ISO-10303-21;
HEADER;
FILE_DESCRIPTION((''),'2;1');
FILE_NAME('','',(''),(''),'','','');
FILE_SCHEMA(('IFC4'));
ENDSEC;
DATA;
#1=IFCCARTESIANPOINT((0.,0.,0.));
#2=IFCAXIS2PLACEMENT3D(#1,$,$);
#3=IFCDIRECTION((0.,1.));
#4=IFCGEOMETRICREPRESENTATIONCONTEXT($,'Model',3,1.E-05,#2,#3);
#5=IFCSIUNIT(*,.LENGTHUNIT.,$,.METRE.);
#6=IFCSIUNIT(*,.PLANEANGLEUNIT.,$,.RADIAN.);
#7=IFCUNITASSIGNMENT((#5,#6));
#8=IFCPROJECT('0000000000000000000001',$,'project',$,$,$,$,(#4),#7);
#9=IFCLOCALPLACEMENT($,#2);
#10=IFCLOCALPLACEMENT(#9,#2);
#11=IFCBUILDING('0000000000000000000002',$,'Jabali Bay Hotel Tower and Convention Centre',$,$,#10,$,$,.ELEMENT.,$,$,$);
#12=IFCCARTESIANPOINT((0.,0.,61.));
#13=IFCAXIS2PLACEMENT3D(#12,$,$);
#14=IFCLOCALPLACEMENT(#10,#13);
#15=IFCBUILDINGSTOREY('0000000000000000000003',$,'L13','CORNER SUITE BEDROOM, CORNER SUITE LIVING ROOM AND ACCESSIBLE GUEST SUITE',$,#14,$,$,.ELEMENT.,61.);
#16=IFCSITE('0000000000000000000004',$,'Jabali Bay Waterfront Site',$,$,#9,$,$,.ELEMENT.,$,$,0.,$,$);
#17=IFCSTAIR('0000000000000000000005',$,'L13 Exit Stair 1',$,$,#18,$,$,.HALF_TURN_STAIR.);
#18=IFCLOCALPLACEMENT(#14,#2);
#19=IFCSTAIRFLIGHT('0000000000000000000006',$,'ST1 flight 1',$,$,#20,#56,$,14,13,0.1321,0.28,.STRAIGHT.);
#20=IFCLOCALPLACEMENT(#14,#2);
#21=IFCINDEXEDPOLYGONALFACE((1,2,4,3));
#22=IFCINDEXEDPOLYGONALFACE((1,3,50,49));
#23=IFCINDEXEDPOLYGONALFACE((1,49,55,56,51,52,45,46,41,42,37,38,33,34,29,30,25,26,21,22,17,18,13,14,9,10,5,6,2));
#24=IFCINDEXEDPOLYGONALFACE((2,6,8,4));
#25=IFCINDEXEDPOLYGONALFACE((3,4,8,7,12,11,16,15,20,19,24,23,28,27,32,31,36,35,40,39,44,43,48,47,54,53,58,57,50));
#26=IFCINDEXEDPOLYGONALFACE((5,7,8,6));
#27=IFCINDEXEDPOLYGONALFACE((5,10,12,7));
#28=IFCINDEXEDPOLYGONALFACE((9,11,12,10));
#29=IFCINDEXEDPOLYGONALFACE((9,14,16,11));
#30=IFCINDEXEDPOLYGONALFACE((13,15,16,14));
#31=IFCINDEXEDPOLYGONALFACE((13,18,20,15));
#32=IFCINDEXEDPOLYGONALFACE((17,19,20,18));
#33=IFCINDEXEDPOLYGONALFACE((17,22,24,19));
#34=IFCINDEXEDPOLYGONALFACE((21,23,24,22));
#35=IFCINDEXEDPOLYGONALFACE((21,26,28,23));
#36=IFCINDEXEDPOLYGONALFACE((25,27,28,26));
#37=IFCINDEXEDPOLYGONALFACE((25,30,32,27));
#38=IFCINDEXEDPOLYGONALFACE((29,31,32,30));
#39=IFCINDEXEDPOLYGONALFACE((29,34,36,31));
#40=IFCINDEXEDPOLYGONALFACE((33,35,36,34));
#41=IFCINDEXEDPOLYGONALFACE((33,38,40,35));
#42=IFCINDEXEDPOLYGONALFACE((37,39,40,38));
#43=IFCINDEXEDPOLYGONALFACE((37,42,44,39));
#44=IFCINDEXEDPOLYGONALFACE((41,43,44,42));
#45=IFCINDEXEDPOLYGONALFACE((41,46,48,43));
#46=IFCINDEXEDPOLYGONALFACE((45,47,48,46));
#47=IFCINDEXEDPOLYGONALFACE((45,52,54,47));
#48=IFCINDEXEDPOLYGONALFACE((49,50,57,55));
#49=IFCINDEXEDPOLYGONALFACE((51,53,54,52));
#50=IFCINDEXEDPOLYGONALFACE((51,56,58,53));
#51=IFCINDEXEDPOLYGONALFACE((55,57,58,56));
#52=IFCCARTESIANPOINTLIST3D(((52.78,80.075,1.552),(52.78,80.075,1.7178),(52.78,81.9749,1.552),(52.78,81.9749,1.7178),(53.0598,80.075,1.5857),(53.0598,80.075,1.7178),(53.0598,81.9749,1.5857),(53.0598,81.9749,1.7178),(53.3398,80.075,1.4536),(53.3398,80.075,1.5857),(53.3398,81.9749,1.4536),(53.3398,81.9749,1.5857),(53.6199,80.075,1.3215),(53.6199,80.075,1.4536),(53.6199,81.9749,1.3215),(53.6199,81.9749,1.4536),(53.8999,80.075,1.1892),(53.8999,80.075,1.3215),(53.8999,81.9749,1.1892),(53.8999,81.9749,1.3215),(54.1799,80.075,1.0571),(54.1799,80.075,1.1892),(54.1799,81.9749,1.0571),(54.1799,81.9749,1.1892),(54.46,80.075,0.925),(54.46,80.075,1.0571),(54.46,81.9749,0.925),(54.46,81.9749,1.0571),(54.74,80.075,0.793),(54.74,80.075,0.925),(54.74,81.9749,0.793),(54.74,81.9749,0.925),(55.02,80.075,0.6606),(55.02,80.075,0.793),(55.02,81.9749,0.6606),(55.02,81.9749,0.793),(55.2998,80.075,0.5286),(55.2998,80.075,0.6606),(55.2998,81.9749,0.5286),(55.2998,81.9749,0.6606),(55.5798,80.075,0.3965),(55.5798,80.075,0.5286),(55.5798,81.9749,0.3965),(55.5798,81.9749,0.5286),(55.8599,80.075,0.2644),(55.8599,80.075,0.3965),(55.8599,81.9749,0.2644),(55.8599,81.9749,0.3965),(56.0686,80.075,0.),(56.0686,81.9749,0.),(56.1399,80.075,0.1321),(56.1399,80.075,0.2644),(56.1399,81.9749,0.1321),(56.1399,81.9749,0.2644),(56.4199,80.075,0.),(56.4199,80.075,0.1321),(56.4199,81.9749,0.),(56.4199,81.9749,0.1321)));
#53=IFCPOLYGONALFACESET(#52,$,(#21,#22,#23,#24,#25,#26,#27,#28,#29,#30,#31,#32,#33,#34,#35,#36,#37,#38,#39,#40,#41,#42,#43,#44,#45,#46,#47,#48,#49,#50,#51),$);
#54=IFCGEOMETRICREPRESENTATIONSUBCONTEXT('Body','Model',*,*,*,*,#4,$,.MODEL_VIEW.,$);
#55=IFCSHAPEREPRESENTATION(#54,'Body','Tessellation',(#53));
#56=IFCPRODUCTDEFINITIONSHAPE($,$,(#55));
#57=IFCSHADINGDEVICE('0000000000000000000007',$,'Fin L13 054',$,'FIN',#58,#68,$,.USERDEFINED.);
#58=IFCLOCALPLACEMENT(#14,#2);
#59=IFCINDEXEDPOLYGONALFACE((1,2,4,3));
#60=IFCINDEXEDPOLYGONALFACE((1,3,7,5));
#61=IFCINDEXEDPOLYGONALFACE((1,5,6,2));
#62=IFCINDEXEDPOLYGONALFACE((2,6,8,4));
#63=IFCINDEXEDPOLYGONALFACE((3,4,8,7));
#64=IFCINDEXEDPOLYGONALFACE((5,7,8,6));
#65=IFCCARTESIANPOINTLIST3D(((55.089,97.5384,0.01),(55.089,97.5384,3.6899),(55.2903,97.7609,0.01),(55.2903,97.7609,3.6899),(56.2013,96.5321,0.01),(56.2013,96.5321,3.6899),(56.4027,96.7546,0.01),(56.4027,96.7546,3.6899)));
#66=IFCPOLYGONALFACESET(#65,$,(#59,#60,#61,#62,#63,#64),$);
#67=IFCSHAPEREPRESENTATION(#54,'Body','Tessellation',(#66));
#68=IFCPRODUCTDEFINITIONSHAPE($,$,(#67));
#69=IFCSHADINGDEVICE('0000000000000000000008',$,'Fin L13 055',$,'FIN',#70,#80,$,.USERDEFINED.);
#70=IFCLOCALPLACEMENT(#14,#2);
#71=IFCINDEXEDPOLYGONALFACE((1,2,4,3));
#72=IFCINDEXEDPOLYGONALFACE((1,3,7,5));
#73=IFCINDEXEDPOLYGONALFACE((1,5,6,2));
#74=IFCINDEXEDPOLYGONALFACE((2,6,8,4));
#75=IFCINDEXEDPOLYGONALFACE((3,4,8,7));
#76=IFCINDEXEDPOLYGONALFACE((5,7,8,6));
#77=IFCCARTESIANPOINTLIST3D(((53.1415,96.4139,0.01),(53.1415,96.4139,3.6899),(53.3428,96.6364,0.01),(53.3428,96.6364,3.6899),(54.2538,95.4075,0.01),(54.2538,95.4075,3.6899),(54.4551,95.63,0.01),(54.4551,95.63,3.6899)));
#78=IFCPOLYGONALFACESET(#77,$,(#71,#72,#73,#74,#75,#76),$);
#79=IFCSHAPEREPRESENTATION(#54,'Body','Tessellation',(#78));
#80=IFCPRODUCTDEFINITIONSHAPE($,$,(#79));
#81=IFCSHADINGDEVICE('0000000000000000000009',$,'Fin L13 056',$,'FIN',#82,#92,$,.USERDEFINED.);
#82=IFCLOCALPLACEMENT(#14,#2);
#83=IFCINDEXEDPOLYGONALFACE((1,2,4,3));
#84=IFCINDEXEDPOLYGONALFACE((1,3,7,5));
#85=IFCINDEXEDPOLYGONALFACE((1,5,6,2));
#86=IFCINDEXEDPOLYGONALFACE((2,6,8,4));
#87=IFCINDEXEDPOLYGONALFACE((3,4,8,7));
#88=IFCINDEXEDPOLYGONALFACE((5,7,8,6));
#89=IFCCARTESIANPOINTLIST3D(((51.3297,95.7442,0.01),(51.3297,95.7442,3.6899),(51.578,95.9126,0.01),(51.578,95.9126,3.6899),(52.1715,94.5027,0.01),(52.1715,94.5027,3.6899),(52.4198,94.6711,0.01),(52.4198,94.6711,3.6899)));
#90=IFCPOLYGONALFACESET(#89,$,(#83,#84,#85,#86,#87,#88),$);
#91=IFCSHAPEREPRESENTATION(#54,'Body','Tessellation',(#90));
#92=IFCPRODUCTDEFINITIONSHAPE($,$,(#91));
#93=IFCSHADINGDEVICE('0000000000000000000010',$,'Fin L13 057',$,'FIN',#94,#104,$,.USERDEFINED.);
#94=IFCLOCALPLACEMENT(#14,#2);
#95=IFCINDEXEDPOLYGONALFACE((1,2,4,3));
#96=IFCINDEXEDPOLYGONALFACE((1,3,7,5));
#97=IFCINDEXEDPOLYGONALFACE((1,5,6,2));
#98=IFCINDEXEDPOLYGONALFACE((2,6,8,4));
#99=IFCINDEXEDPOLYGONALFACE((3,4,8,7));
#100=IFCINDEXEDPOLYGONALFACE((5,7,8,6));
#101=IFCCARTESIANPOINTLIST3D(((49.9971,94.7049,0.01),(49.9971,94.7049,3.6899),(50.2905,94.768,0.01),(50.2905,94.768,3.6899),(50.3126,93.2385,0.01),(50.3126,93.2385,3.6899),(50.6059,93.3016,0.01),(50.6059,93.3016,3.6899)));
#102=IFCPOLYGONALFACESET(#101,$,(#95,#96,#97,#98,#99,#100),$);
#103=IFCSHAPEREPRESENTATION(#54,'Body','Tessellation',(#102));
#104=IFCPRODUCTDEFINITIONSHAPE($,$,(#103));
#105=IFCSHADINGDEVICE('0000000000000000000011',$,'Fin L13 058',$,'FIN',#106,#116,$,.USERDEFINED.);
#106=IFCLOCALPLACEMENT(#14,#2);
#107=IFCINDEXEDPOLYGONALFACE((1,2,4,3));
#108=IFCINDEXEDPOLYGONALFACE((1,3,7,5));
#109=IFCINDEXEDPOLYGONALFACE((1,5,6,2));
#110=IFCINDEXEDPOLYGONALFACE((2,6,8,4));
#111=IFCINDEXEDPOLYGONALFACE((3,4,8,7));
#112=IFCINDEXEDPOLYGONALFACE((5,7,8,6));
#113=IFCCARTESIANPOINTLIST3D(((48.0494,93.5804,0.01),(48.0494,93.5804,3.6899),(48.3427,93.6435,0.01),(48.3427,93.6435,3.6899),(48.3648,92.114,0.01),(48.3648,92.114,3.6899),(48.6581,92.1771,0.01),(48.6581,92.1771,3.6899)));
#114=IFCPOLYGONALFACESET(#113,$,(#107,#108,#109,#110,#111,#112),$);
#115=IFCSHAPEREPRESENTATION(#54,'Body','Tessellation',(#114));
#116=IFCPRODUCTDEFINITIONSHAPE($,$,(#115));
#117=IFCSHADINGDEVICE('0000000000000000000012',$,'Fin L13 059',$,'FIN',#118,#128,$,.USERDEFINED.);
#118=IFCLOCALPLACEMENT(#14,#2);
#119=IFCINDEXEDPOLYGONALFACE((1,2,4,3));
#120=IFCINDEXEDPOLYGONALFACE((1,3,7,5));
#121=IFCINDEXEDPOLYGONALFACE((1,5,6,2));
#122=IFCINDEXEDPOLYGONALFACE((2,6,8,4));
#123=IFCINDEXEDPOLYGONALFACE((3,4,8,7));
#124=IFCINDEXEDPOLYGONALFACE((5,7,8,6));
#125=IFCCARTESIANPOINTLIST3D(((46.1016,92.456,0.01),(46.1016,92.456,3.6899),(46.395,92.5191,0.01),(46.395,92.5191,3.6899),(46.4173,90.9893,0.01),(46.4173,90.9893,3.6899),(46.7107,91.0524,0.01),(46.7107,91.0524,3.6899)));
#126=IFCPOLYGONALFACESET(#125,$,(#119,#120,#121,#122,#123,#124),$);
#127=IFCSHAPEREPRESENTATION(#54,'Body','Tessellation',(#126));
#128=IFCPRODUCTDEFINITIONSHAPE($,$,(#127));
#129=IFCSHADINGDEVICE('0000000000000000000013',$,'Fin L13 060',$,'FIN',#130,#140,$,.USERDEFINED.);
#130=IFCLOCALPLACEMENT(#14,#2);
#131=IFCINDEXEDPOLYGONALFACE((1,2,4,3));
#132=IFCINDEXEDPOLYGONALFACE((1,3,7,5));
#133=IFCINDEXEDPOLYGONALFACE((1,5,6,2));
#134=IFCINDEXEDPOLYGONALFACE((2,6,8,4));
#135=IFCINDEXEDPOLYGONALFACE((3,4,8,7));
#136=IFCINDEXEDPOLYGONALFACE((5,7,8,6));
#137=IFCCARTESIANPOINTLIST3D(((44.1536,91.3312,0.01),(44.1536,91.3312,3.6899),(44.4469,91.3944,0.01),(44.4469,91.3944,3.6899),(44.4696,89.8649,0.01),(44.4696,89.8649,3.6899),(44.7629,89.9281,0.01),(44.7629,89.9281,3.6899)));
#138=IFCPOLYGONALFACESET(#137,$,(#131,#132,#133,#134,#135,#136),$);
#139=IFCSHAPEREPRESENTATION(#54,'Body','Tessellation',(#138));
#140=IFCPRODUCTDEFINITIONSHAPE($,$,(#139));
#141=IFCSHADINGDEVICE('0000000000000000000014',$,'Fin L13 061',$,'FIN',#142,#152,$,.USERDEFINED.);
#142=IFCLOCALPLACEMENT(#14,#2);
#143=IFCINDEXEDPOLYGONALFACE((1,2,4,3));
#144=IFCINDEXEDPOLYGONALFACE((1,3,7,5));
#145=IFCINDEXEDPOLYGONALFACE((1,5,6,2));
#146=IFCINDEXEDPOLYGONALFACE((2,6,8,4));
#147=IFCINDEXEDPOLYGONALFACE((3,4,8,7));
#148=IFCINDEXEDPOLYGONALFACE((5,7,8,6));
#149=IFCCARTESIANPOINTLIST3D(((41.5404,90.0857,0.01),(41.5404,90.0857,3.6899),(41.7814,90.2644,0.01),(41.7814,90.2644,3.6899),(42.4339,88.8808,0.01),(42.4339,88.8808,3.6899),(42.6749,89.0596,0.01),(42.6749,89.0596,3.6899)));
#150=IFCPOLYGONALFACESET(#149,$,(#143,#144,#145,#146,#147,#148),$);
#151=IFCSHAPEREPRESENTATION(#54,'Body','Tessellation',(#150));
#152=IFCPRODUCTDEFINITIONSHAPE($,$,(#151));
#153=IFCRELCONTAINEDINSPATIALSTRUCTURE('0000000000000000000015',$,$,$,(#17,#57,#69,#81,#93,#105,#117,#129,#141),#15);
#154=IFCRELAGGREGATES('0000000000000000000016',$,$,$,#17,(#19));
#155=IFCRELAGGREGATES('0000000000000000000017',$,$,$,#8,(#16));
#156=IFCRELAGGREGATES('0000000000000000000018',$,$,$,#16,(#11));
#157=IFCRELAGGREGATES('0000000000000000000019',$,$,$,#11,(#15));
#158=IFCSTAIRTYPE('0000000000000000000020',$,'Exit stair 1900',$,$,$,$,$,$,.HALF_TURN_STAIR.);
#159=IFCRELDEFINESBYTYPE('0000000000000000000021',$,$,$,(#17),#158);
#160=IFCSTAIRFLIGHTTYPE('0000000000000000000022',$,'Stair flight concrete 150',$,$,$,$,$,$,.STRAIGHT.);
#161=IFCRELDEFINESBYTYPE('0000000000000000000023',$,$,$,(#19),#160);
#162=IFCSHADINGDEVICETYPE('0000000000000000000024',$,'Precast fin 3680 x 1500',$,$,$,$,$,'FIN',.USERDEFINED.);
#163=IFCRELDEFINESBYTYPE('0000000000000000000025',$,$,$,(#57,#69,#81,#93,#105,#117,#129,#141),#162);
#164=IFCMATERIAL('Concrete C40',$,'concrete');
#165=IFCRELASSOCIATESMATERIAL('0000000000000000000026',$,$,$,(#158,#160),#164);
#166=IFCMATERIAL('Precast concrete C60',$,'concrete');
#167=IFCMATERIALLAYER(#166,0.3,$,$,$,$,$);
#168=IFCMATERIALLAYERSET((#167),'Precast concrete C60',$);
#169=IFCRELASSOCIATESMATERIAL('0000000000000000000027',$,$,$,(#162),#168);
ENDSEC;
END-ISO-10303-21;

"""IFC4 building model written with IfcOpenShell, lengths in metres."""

from ifc_helpers import new_model, si_unit, direction, frame, frame_2d, origin, place, context, subcontext, project, spatial, polyline, rectangle, outline, extrude, material, layer, layer_set, type_object, element, aggregate, save


model = new_model("IFC4")

# Units and contexts
model_context = context("Model", 3, precision=1e-05, world=origin(), true_north=direction((0.0, 1.0)))
body_context = subcontext(model_context, "Body", "Model", "MODEL_VIEW")
ifc_project = project(units=[si_unit("LENGTHUNIT", "METRE"), si_unit("PLANEANGLEUNIT", "RADIAN")], contexts=[model_context])

# Site, building, storey
site_placement = place(None, origin())
site = spatial("IfcSite", under=ifc_project, at=site_placement, Name="Jabali Bay Waterfront Site", CompositionType="ELEMENT", RefElevation=0.0)
building_placement = place(site_placement, origin())
building = spatial("IfcBuilding", under=site, at=building_placement, Name="Jabali Bay Hotel Tower and Convention Centre", CompositionType="ELEMENT")
storey_placement = place(building_placement, frame((0.0, 0.0, 61.0)))
storey = spatial("IfcBuildingStorey", under=building, at=storey_placement, Name="L13", Description="CORNER SUITE BEDROOM, CORNER SUITE LIVING ROOM AND ACCESSIBLE GUEST SUITE", CompositionType="ELEMENT", Elevation=61.0)

# Shared definitions
ifc_material_1 = material(Name="Concrete C40", Category="concrete")

# Stair, stair flight
stair_type = type_object("IfcStairType", Name="Exit stair 1900", PredefinedType="HALF_TURN_STAIR", material=ifc_material_1)
stair_placement = place(storey_placement, origin())
stair = element("IfcStair", 1, at=stair_placement, inside=storey, type_object=stair_type, Name="L13 Exit Stair 1", PredefinedType="HALF_TURN_STAIR")
stair_flight_type = type_object("IfcStairFlightType", Name="Stair flight concrete 150", PredefinedType="STRAIGHT", material=ifc_material_1)
stair_flight_placement = place(storey_placement, frame((56.4199, 81.0249, 0.0), z_axis=(0.0, 0.0, 1.0), x_axis=(-1.0, 0.0, 0.0)))
stair_flight = element("IfcStairFlight", 2, at=stair_flight_placement, type_object=stair_flight_type, Name="ST1 flight 1", NumberOfRisers=14, NumberOfTreads=13, PredefinedType="STRAIGHT", RiserHeight=0.1321, TreadLength=0.28, context=body_context, shape_type="SweptSolid", body=[
    extrude(outline(polyline([(0.0, 0.0), (0.0, 0.1321), (0.28, 0.1321), (0.28, 0.2644), (0.5601, 0.2644), (0.5601, 0.3965), (0.8401, 0.3965), (0.8401, 0.5286), (1.1201, 0.5286), (1.1201, 0.6606), (1.3999, 0.6606), (1.3999, 0.793), (1.6799, 0.793), (1.6799, 0.925), (1.96, 0.925), (1.96, 1.0571), (2.24, 1.0571), (2.24, 1.1892), (2.52, 1.1892), (2.52, 1.3215), (2.8, 1.3215), (2.8, 1.4536), (3.0801, 1.4536), (3.0801, 1.5857), (3.3601, 1.5857), (3.3601, 1.7178), (3.6399, 1.7178), (3.6399, 1.8501), (3.6399, 1.552), (0.3513, 0.0), (0.0, 0.0)])), frame((0.0, 0.95, 0.0), z_axis=(0.0, -1.0, 0.0), x_axis=(1.0, 0.0, 0.0)), (0.0, 0.0, 1.0), 1.8999),
])
aggregate(stair, [stair_flight])

# Shading devices
ifc_material_2 = material(Name="Precast concrete C60", Category="concrete")
ifc_layer_1 = layer(ifc_material_2, 0.3)
ifc_layer_set_1 = layer_set([ifc_layer_1], Name="Precast concrete C60")
shading_device_type = type_object("IfcShadingDeviceType", Name="Precast fin 3680 x 1500", ElementType="FIN", PredefinedType="USERDEFINED", material=ifc_layer_set_1)
for number, where, z_axis, x_axis, name in (
    (3, (56.302, 96.6433, 0.01), (0.0, 0.0, 1.0), (-0.741543, 0.670905, 0.0), "Fin L13 054"),
    (4, (54.3545, 95.5188, 0.01), (0.0, 0.0, 1.0), (-0.741543, 0.670905, 0.0), "Fin L13 055"),
    (5, (52.2957, 94.5869, 0.01), (0.0, 0.0, 1.0), (-0.561219, 0.827667, 0.0), "Fin L13 056"),
    (6, (50.4592, 93.27, 0.01), (0.0, 0.0, 1.0), (-0.210274, 0.977643, 0.0), "Fin L13 057"),
    (7, (48.5115, 92.1455, 0.01), (0.0, 0.0, 1.0), (-0.210274, 0.977643, 0.0), "Fin L13 058"),
):
    element("IfcShadingDevice", number, at=place(storey_placement, frame(where, z_axis=z_axis, x_axis=x_axis)), inside=storey, type_object=shading_device_type, Name=name, ObjectType="FIN", PredefinedType="USERDEFINED", context=body_context, shape_type="SweptSolid", body=[
        extrude(rectangle(XDim=1.5, YDim=0.3, at=frame_2d((0.75, 0.0))), origin(), (0.0, 0.0, 1.0), 3.6799),
    ])
shading_device_placement = place(storey_placement, frame((46.564, 91.021, 0.01), z_axis=(0.0, 0.0, 1.0), x_axis=(-0.210429, 0.977609, 0.0)))
element("IfcShadingDevice", 8, at=shading_device_placement, inside=storey, type_object=shading_device_type, Name="Fin L13 059", ObjectType="FIN", PredefinedType="USERDEFINED", context=body_context, shape_type="SweptSolid", body=[
    extrude(rectangle(XDim=1.5002, YDim=0.3, at=frame_2d((0.75, 0.0))), origin(), (0.0, 0.0, 1.0), 3.6799),
])
for number, where, z_axis, x_axis, name in (
    (9, (44.6162, 89.8965, 0.01), (0.0, 0.0, 1.0), (-0.210618, 0.977568, 0.0), "Fin L13 060"),
    (10, (42.5544, 88.9702, 0.01), (0.0, 0.0, 1.0), (-0.595695, 0.803211, 0.0), "Fin L13 061"),
):
    element("IfcShadingDevice", number, at=place(storey_placement, frame(where, z_axis=z_axis, x_axis=x_axis)), inside=storey, type_object=shading_device_type, Name=name, ObjectType="FIN", PredefinedType="USERDEFINED", context=body_context, shape_type="SweptSolid", body=[
        extrude(rectangle(XDim=1.5, YDim=0.3, at=frame_2d((0.75, 0.0))), origin(), (0.0, 0.0, 1.0), 3.6799),
    ])

save(model, "model.ifc")
